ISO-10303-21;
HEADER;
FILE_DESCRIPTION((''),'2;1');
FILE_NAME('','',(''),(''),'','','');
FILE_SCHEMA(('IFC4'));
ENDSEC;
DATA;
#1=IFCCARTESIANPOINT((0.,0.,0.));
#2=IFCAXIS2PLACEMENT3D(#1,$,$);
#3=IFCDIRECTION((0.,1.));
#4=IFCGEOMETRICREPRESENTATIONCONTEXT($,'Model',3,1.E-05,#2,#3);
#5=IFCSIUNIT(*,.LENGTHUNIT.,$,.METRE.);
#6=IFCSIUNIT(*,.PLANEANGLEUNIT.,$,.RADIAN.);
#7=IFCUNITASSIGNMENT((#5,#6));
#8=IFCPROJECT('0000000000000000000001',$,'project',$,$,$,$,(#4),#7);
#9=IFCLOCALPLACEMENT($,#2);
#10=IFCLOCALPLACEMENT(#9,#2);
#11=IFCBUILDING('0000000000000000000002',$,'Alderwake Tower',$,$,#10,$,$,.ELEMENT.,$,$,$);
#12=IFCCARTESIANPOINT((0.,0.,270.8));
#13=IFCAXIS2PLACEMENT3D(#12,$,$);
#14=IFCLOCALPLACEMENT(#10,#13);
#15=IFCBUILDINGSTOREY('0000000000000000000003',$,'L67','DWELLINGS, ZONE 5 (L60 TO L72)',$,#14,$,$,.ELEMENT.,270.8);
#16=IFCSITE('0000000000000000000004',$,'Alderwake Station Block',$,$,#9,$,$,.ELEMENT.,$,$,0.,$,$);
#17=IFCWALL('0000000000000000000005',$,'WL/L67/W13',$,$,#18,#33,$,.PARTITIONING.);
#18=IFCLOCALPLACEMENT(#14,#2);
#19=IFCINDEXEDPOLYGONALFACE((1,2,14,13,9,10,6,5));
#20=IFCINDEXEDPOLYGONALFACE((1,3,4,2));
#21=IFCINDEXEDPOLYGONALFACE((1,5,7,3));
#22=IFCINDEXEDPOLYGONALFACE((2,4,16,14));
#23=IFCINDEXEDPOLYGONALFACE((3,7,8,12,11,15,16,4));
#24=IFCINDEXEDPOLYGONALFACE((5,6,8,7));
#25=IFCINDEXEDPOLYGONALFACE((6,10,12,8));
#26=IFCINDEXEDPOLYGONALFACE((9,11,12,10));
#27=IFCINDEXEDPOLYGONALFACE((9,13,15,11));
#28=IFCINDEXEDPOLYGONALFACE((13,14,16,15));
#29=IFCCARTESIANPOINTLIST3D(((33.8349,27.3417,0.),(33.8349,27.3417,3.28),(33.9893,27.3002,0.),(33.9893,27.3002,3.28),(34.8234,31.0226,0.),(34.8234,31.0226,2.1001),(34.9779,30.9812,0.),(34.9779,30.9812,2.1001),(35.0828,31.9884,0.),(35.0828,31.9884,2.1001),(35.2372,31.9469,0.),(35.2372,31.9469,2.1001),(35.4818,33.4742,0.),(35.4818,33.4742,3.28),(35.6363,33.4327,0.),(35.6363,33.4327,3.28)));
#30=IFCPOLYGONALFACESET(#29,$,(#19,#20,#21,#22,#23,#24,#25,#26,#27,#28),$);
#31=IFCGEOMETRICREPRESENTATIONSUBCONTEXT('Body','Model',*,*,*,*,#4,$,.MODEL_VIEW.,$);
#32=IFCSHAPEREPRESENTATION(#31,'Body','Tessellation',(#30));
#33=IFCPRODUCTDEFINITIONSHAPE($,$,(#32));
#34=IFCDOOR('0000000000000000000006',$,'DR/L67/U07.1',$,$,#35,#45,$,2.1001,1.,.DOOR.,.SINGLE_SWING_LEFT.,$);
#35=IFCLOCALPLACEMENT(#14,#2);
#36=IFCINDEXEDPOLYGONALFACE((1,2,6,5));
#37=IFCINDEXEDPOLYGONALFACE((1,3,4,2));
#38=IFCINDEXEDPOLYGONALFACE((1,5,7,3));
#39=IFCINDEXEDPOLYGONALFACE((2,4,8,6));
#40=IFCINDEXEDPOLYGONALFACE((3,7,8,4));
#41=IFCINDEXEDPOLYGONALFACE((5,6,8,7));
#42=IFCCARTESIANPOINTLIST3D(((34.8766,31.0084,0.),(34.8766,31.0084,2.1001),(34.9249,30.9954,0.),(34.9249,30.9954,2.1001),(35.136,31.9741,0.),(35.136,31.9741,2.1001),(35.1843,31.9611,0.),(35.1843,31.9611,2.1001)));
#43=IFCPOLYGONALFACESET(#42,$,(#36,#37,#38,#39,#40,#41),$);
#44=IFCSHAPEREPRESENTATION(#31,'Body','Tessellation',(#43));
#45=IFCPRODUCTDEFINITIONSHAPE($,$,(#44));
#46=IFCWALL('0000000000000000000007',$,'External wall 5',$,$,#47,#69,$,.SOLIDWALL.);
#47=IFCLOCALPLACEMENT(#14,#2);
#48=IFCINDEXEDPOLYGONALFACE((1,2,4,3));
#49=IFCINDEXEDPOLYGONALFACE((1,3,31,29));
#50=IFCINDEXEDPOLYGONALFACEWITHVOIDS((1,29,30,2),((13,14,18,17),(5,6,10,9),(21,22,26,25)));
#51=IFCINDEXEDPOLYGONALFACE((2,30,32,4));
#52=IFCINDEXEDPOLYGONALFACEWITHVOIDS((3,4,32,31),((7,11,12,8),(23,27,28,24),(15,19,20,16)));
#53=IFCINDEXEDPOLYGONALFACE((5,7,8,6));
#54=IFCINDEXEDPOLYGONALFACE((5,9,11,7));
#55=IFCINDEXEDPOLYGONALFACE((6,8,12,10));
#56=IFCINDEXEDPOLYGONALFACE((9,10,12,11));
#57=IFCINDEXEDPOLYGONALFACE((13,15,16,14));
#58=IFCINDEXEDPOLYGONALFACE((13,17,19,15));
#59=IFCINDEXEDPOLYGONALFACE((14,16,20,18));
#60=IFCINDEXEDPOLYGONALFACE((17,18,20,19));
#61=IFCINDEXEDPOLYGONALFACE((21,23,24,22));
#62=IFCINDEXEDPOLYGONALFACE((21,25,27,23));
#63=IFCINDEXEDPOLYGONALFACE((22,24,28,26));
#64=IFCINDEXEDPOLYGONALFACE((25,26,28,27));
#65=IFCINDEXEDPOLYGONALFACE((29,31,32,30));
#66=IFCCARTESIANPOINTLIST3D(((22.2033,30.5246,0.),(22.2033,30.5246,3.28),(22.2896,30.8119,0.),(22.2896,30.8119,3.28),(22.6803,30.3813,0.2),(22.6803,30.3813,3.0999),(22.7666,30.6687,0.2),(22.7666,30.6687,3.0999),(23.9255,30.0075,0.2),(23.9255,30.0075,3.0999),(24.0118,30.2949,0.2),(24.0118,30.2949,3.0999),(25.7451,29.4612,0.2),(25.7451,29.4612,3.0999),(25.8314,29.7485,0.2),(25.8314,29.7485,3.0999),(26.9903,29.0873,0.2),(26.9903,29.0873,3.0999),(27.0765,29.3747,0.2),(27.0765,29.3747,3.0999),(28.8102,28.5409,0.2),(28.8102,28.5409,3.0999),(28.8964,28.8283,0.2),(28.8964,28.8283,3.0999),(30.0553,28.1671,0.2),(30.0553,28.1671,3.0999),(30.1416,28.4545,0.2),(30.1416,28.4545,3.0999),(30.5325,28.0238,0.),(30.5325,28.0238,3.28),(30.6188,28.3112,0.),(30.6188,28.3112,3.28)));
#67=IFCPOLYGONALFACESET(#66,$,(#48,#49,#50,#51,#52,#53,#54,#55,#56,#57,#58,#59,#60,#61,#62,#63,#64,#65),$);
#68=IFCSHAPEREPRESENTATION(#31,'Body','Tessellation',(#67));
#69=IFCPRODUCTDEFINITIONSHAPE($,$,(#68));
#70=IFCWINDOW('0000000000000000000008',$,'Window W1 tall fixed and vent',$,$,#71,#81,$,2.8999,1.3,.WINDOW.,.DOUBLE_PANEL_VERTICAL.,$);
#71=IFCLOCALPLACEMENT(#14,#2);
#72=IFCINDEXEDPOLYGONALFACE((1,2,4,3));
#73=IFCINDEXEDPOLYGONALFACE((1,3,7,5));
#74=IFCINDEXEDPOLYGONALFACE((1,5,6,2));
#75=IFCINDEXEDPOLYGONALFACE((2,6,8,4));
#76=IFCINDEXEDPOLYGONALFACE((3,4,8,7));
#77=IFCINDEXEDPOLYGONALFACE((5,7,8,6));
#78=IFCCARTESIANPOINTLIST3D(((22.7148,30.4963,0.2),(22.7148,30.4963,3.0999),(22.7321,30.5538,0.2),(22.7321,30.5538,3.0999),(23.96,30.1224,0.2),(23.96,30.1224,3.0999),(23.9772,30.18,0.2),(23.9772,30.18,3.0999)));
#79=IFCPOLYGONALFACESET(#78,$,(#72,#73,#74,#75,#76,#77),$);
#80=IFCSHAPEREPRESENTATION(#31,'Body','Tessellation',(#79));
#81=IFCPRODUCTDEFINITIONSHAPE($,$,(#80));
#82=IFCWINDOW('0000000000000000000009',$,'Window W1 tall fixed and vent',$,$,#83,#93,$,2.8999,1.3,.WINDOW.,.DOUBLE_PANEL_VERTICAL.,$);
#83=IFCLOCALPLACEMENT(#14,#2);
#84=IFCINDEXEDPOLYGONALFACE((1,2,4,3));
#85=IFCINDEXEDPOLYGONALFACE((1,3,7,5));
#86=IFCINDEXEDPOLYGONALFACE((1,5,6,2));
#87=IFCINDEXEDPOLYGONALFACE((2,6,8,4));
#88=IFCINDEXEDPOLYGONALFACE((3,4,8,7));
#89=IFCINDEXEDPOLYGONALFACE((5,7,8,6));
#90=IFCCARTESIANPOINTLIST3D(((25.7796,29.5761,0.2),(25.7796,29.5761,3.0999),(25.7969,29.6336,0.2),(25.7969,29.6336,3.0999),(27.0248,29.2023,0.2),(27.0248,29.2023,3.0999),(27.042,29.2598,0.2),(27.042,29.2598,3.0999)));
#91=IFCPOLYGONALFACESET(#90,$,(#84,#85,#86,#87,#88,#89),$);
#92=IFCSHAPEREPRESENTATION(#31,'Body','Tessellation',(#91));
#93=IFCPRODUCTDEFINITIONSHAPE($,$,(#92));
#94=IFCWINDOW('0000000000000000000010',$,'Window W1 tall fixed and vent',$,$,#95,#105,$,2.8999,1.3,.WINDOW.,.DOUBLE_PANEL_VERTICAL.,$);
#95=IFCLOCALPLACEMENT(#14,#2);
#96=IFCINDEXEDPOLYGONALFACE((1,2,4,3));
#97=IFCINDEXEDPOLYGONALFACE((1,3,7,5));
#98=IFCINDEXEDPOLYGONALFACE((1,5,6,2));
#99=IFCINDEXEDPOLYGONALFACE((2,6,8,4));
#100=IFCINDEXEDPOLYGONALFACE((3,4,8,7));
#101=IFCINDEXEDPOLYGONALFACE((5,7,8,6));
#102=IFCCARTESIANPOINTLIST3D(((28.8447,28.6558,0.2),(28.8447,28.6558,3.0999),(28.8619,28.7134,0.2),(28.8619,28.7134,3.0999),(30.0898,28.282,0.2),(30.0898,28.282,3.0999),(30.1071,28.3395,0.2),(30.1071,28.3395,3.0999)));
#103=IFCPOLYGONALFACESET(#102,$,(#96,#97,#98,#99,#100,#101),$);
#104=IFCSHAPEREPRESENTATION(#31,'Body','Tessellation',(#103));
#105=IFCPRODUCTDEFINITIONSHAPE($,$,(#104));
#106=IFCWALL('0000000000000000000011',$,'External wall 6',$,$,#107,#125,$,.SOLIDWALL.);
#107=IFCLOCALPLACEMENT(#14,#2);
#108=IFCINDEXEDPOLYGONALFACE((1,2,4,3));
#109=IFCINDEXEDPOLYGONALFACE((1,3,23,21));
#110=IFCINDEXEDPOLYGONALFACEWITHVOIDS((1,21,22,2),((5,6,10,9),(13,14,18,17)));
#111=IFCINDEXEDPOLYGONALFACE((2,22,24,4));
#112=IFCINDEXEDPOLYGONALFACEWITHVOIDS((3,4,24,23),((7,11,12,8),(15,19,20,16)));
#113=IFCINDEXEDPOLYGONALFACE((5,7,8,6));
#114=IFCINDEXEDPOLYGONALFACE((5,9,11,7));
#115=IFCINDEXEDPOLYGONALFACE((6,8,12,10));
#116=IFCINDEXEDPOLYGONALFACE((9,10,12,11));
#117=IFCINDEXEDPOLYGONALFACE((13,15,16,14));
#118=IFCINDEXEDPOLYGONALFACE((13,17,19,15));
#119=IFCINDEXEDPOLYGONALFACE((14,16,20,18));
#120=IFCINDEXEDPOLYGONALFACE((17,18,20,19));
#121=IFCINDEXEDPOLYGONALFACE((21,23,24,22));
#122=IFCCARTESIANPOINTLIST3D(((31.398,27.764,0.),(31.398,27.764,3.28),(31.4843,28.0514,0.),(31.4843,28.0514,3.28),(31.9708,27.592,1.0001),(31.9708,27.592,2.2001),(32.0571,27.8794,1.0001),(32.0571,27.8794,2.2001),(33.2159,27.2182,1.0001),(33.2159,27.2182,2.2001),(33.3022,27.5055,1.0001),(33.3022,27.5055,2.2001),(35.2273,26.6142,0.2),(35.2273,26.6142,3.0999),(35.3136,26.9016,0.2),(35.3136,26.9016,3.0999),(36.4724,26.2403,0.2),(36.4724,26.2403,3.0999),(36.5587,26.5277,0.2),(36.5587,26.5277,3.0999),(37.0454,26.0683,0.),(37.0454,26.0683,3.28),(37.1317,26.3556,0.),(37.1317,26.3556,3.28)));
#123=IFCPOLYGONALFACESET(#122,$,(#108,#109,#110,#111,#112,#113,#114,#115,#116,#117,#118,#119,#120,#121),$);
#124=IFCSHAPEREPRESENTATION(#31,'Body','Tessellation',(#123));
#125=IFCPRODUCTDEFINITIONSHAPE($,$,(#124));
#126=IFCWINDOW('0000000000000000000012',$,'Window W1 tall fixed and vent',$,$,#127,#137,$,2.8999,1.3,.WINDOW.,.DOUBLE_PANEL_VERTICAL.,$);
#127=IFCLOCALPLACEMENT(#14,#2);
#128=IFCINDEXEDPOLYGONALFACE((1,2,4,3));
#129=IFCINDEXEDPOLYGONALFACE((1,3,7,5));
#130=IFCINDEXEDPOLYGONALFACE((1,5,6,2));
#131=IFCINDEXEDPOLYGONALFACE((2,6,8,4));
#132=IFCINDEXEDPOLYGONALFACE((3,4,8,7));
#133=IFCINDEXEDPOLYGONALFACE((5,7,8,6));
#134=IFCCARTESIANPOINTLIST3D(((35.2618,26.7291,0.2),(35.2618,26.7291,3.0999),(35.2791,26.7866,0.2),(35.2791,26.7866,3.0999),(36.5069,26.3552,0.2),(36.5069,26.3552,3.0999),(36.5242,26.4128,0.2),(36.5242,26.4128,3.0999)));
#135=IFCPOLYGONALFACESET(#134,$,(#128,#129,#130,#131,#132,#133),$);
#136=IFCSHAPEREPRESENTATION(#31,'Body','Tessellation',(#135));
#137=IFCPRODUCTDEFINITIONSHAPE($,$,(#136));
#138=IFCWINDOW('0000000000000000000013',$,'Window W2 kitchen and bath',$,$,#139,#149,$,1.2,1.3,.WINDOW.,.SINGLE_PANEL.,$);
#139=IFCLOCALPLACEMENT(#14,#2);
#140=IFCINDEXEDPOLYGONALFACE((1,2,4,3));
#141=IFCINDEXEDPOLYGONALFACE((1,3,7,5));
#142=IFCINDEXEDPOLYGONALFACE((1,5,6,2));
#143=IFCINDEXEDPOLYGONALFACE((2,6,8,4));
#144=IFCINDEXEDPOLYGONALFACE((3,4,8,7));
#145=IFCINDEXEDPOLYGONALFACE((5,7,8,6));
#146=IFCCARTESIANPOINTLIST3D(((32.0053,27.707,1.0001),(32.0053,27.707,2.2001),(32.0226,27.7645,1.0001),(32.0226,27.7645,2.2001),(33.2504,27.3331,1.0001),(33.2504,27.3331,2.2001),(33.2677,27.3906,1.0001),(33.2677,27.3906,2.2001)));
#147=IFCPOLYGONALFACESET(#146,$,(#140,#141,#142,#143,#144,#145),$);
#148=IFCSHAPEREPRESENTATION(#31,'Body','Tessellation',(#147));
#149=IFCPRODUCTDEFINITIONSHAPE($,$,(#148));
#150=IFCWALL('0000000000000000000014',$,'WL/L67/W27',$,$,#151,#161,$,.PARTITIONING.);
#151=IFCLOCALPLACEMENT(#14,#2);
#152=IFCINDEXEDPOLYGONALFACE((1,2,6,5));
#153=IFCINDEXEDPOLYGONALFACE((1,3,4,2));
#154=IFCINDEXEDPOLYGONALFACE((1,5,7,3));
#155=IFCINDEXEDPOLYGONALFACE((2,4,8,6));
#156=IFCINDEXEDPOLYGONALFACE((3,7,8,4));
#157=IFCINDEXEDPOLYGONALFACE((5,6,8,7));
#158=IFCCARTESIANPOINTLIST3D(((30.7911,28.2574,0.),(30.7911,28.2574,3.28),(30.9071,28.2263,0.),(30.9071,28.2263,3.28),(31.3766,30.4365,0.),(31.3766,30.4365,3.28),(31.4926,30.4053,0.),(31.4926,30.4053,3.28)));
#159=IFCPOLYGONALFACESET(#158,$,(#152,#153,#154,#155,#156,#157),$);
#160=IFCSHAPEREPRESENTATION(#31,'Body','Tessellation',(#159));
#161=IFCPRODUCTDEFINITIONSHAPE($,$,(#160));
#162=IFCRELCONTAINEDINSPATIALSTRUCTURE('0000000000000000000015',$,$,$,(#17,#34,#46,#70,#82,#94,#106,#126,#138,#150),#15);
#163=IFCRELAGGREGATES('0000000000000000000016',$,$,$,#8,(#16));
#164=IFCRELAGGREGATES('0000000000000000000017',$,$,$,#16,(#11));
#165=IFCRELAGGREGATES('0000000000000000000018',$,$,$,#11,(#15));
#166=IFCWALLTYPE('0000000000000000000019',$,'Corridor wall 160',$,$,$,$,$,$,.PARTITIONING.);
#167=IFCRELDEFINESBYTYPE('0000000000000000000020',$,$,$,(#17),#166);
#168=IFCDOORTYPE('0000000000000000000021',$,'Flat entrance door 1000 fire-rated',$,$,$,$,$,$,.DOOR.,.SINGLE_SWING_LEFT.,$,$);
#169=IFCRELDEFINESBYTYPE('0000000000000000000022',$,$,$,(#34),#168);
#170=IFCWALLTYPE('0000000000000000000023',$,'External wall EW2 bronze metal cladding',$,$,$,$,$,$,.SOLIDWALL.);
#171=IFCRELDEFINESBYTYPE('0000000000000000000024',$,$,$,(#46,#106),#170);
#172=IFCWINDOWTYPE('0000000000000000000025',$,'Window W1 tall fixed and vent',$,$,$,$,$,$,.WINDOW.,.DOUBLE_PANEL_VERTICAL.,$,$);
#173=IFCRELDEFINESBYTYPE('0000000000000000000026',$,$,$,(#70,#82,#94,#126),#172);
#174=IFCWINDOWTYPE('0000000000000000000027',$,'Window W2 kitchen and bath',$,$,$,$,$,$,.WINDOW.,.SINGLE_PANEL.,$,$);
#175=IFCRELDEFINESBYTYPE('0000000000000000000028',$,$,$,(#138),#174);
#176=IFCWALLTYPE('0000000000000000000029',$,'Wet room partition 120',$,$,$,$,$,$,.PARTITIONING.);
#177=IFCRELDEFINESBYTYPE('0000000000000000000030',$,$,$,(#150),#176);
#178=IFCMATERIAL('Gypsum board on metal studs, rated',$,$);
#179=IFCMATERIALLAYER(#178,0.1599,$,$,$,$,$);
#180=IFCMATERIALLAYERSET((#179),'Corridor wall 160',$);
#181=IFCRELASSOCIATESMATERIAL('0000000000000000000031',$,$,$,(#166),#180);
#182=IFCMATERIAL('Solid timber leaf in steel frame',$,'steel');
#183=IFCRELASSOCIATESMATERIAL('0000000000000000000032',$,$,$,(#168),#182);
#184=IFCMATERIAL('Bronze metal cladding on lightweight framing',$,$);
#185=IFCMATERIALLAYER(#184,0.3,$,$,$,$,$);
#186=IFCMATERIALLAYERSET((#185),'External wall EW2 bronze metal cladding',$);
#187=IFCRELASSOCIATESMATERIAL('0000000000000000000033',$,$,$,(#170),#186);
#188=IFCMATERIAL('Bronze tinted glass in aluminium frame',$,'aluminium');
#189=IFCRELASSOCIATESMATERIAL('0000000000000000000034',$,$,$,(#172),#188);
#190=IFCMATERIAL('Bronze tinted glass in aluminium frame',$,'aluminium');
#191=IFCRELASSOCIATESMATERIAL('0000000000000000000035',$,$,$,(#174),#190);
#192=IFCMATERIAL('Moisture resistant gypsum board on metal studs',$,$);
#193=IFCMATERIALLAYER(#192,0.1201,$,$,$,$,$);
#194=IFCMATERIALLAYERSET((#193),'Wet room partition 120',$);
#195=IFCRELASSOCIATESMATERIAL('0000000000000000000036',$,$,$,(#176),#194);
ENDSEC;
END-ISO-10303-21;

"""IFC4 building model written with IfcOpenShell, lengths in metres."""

from ifc_helpers import new_model, si_unit, direction, frame, frame_2d, origin, place, context, subcontext, project, spatial, rectangle, extrude, material, layer, layer_set, type_object, element, fill, save


model = new_model("IFC4")

# Units and contexts
model_context = context("Model", 3, precision=1e-05, world=origin(), true_north=direction((0.0, 1.0)))
body_context = subcontext(model_context, "Body", "Model", "MODEL_VIEW")
ifc_project = project(units=[si_unit("LENGTHUNIT", "METRE"), si_unit("PLANEANGLEUNIT", "RADIAN")], contexts=[model_context])

# Site, building, storey
site_placement = place(None, origin())
site = spatial("IfcSite", under=ifc_project, at=site_placement, Name="Alderwake Station Block", CompositionType="ELEMENT", RefElevation=0.0)
building_placement = place(site_placement, origin())
building = spatial("IfcBuilding", under=site, at=building_placement, Name="Alderwake Tower", CompositionType="ELEMENT")
storey_placement = place(building_placement, frame((0.0, 0.0, 270.8)))
storey = spatial("IfcBuildingStorey", under=building, at=storey_placement, Name="L67", Description="DWELLINGS, ZONE 5 (L60 TO L72)", CompositionType="ELEMENT", Elevation=270.8)

# Wall, opening, door
ifc_material_1 = material(Name="Gypsum board on metal studs, rated")
ifc_layer_1 = layer(ifc_material_1, 0.1599)
ifc_layer_set_1 = layer_set([ifc_layer_1], Name="Corridor wall 160")
wall_type_1 = type_object("IfcWallType", Name="Corridor wall 160", PredefinedType="PARTITIONING", material=ifc_layer_set_1)
wall_1_placement = place(storey_placement, frame((33.9121, 27.321, 0.0), z_axis=(0.0, 0.0, 1.0), x_axis=(0.259371, 0.965778, 0.0)))
wall_1 = element("IfcWall", 1, at=wall_1_placement, inside=storey, type_object=wall_type_1, Name="WL/L67/W13", PredefinedType="PARTITIONING", context=body_context, shape_type="SweptSolid", body=[
    extrude(rectangle(XDim=6.3499, YDim=0.1599, at=frame_2d((3.1748, 0.0))), origin(), (0.0, 0.0, 1.0), 3.28),
])
opening_1_placement = place(wall_1_placement, frame((3.8113, 0.0, 0.0)))
opening_1 = element("IfcOpeningElement", 2, at=opening_1_placement, cuts=wall_1, PredefinedType="OPENING", context=body_context, shape_type="SweptSolid", body=[
    extrude(rectangle(XDim=1.0, YDim=2.1001, at=frame_2d((0.5, 1.05))), frame((0.0, 0.0898, 0.0), z_axis=(0.0, -1.0, 0.0), x_axis=(1.0, 0.0, 0.0)), (0.0, 0.0, 1.0), 0.1799),
])
ifc_material_2 = material(Name="Solid timber leaf in steel frame", Category="steel")
door_type_1 = type_object("IfcDoorType", Name="Flat entrance door 1000 fire-rated", OperationType="SINGLE_SWING_LEFT", PredefinedType="DOOR", material=ifc_material_2)
door_1_placement = place(opening_1_placement, origin())
door_1 = element("IfcDoor", 3, at=door_1_placement, inside=storey, type_object=door_type_1, Name="DR/L67/U07.1", OperationType="SINGLE_SWING_LEFT", OverallHeight=2.1001, OverallWidth=1.0, PredefinedType="DOOR", context=body_context, shape_type="SweptSolid", body=[
    extrude(rectangle(XDim=1.0, YDim=2.1001, at=frame_2d((0.5, 1.05))), frame((0.0, 0.0249, 0.0), z_axis=(0.0, -1.0, 0.0), x_axis=(1.0, 0.0, 0.0)), (0.0, 0.0, 1.0), 0.05),
])
fill(opening_1, door_1)

# Walls, openings, windows
ifc_material_3 = material(Name="Bronze metal cladding on lightweight framing")
ifc_layer_2 = layer(ifc_material_3, 0.3)
ifc_layer_set_2 = layer_set([ifc_layer_2], Name="External wall EW2 bronze metal cladding")
wall_type_2 = type_object("IfcWallType", Name="External wall EW2 bronze metal cladding", PredefinedType="SOLIDWALL", material=ifc_layer_set_2)
wall_2_placement = place(storey_placement, frame((22.2466, 30.6682, 0.0), z_axis=(0.0, 0.0, 1.0), x_axis=(0.957763, -0.287559, 0.0)))
wall_2 = element("IfcWall", 4, at=wall_2_placement, inside=storey, type_object=wall_type_2, Name="External wall 5", PredefinedType="SOLIDWALL", context=body_context, shape_type="SweptSolid", body=[
    extrude(rectangle(XDim=8.6965, YDim=0.3, at=frame_2d((4.3481, 0.0))), origin(), (0.0, 0.0, 1.0), 3.28),
])
opening_2_placement = place(wall_2_placement, frame((0.498, 0.0, 0.2)))
opening_2 = element("IfcOpeningElement", 5, at=opening_2_placement, cuts=wall_2, PredefinedType="OPENING", context=body_context, shape_type="SweptSolid", body=[
    extrude(rectangle(XDim=1.3, YDim=2.8999, at=frame_2d((0.6499, 1.45))), frame((0.0, 0.1599, 0.0), z_axis=(0.0, -1.0, 0.0), x_axis=(1.0, 0.0, 0.0)), (0.0, 0.0, 1.0), 0.3201),
])
opening_3_placement = place(wall_2_placement, frame((3.698, 0.0, 0.2)))
opening_3 = element("IfcOpeningElement", 6, at=opening_3_placement, cuts=wall_2, PredefinedType="OPENING", context=body_context, shape_type="SweptSolid", body=[
    extrude(rectangle(XDim=1.3, YDim=2.8999, at=frame_2d((0.6499, 1.45))), frame((0.0, 0.1599, 0.0), z_axis=(0.0, -1.0, 0.0), x_axis=(1.0, 0.0, 0.0)), (0.0, 0.0, 1.0), 0.3201),
])
opening_4_placement = place(wall_2_placement, frame((6.8982, 0.0, 0.2)))
opening_4 = element("IfcOpeningElement", 7, at=opening_4_placement, cuts=wall_2, PredefinedType="OPENING", context=body_context, shape_type="SweptSolid", body=[
    extrude(rectangle(XDim=1.3, YDim=2.8999, at=frame_2d((0.6499, 1.45))), frame((0.0, 0.1599, 0.0), z_axis=(0.0, -1.0, 0.0), x_axis=(1.0, 0.0, 0.0)), (0.0, 0.0, 1.0), 0.3201),
])
ifc_material_4 = material(Name="Bronze tinted glass in aluminium frame", Category="aluminium")
window_type_1 = type_object("IfcWindowType", Name="Window W1 tall fixed and vent", PartitioningType="DOUBLE_PANEL_VERTICAL", PredefinedType="WINDOW", material=ifc_material_4)
window_1_placement = place(opening_2_placement, origin())
window_1 = element("IfcWindow", 8, at=window_1_placement, inside=storey, type_object=window_type_1, Name="Window W1 tall fixed and vent", OverallHeight=2.8999, OverallWidth=1.3, PartitioningType="DOUBLE_PANEL_VERTICAL", PredefinedType="WINDOW", context=body_context, shape_type="SweptSolid", body=[
    extrude(rectangle(XDim=1.3, YDim=2.8999, at=frame_2d((0.6499, 1.45))), frame((0.0, 0.03, 0.0), z_axis=(0.0, -1.0, 0.0), x_axis=(1.0, 0.0, 0.0)), (0.0, 0.0, 1.0), 0.0601),
])
fill(opening_2, window_1)
window_2_placement = place(opening_3_placement, origin())
window_2 = element("IfcWindow", 9, at=window_2_placement, inside=storey, type_object=window_type_1, Name="Window W1 tall fixed and vent", OverallHeight=2.8999, OverallWidth=1.3, PartitioningType="DOUBLE_PANEL_VERTICAL", PredefinedType="WINDOW", context=body_context, shape_type="SweptSolid", body=[
    extrude(rectangle(XDim=1.3, YDim=2.8999, at=frame_2d((0.6499, 1.45))), frame((0.0, 0.03, 0.0), z_axis=(0.0, -1.0, 0.0), x_axis=(1.0, 0.0, 0.0)), (0.0, 0.0, 1.0), 0.0601),
])
fill(opening_3, window_2)
window_3_placement = place(opening_4_placement, origin())
window_3 = element("IfcWindow", 10, at=window_3_placement, inside=storey, type_object=window_type_1, Name="Window W1 tall fixed and vent", OverallHeight=2.8999, OverallWidth=1.3, PartitioningType="DOUBLE_PANEL_VERTICAL", PredefinedType="WINDOW", context=body_context, shape_type="SweptSolid", body=[
    extrude(rectangle(XDim=1.3, YDim=2.8999, at=frame_2d((0.6499, 1.45))), frame((0.0, 0.03, 0.0), z_axis=(0.0, -1.0, 0.0), x_axis=(1.0, 0.0, 0.0)), (0.0, 0.0, 1.0), 0.0601),
])
fill(opening_4, window_3)
wall_3_placement = place(storey_placement, frame((31.4412, 27.9077, 0.0), z_axis=(0.0, 0.0, 1.0), x_axis=(0.957753, -0.287591, 0.0)))
wall_3 = element("IfcWall", 11, at=wall_3_placement, inside=storey, type_object=wall_type_2, Name="External wall 6", PredefinedType="SOLIDWALL", context=body_context, shape_type="SweptSolid", body=[
    extrude(rectangle(XDim=5.8965, YDim=0.3, at=frame_2d((2.9482, 0.0))), origin(), (0.0, 0.0, 1.0), 3.28),
])
opening_5_placement = place(wall_3_placement, frame((0.5981, 0.0, 1.0)))
opening_5 = element("IfcOpeningElement", 12, at=opening_5_placement, cuts=wall_3, PredefinedType="OPENING", context=body_context, shape_type="SweptSolid", body=[
    extrude(rectangle(XDim=1.3, YDim=1.2, at=frame_2d((0.6499, 0.6001))), frame((0.0, 0.1599, 0.0), z_axis=(0.0, -1.0, 0.0), x_axis=(1.0, 0.0, 0.0)), (0.0, 0.0, 1.0), 0.3201),
])
opening_6_placement = place(wall_3_placement, frame((3.9983, 0.0, 0.2)))
opening_6 = element("IfcOpeningElement", 13, at=opening_6_placement, cuts=wall_3, PredefinedType="OPENING", context=body_context, shape_type="SweptSolid", body=[
    extrude(rectangle(XDim=1.3, YDim=2.8999, at=frame_2d((0.6499, 1.45))), frame((0.0, 0.1599, 0.0), z_axis=(0.0, -1.0, 0.0), x_axis=(1.0, 0.0, 0.0)), (0.0, 0.0, 1.0), 0.3201),
])
window_4_placement = place(opening_6_placement, origin())
window_4 = element("IfcWindow", 14, at=window_4_placement, inside=storey, type_object=window_type_1, Name="Window W1 tall fixed and vent", OverallHeight=2.8999, OverallWidth=1.3, PartitioningType="DOUBLE_PANEL_VERTICAL", PredefinedType="WINDOW", context=body_context, shape_type="SweptSolid", body=[
    extrude(rectangle(XDim=1.3, YDim=2.8999, at=frame_2d((0.6499, 1.45))), frame((0.0, 0.03, 0.0), z_axis=(0.0, -1.0, 0.0), x_axis=(1.0, 0.0, 0.0)), (0.0, 0.0, 1.0), 0.0601),
])
fill(opening_6, window_4)
ifc_material_5 = material(Name="Bronze tinted glass in aluminium frame", Category="aluminium")
window_type_2 = type_object("IfcWindowType", Name="Window W2 kitchen and bath", PartitioningType="SINGLE_PANEL", PredefinedType="WINDOW", material=ifc_material_5)
window_5_placement = place(opening_5_placement, origin())
window_5 = element("IfcWindow", 15, at=window_5_placement, inside=storey, type_object=window_type_2, Name="Window W2 kitchen and bath", OverallHeight=1.2, OverallWidth=1.3, PartitioningType="SINGLE_PANEL", PredefinedType="WINDOW", context=body_context, shape_type="SweptSolid", body=[
    extrude(rectangle(XDim=1.3, YDim=1.2, at=frame_2d((0.6499, 0.6001))), frame((0.0, 0.03, 0.0), z_axis=(0.0, -1.0, 0.0), x_axis=(1.0, 0.0, 0.0)), (0.0, 0.0, 1.0), 0.0601),
])
fill(opening_5, window_5)

# Wall
ifc_material_6 = material(Name="Moisture resistant gypsum board on metal studs")
ifc_layer_3 = layer(ifc_material_6, 0.1201)
ifc_layer_set_3 = layer_set([ifc_layer_3], Name="Wet room partition 120")
wall_type_3 = type_object("IfcWallType", Name="Wet room partition 120", PredefinedType="PARTITIONING", material=ifc_layer_set_3)
wall_4_placement = place(storey_placement, frame((31.4346, 30.4209, 0.0), z_axis=(0.0, 0.0, 1.0), x_axis=(-0.259481, -0.965748, 0.0)))
element("IfcWall", 16, at=wall_4_placement, inside=storey, type_object=wall_type_3, Name="WL/L67/W27", PredefinedType="PARTITIONING", context=body_context, shape_type="SweptSolid", body=[
    extrude(rectangle(XDim=2.2563, YDim=0.1201, at=frame_2d((1.1282, 0.0))), origin(), (0.0, 0.0, 1.0), 3.28),
])

save(model, "model.ifc")
